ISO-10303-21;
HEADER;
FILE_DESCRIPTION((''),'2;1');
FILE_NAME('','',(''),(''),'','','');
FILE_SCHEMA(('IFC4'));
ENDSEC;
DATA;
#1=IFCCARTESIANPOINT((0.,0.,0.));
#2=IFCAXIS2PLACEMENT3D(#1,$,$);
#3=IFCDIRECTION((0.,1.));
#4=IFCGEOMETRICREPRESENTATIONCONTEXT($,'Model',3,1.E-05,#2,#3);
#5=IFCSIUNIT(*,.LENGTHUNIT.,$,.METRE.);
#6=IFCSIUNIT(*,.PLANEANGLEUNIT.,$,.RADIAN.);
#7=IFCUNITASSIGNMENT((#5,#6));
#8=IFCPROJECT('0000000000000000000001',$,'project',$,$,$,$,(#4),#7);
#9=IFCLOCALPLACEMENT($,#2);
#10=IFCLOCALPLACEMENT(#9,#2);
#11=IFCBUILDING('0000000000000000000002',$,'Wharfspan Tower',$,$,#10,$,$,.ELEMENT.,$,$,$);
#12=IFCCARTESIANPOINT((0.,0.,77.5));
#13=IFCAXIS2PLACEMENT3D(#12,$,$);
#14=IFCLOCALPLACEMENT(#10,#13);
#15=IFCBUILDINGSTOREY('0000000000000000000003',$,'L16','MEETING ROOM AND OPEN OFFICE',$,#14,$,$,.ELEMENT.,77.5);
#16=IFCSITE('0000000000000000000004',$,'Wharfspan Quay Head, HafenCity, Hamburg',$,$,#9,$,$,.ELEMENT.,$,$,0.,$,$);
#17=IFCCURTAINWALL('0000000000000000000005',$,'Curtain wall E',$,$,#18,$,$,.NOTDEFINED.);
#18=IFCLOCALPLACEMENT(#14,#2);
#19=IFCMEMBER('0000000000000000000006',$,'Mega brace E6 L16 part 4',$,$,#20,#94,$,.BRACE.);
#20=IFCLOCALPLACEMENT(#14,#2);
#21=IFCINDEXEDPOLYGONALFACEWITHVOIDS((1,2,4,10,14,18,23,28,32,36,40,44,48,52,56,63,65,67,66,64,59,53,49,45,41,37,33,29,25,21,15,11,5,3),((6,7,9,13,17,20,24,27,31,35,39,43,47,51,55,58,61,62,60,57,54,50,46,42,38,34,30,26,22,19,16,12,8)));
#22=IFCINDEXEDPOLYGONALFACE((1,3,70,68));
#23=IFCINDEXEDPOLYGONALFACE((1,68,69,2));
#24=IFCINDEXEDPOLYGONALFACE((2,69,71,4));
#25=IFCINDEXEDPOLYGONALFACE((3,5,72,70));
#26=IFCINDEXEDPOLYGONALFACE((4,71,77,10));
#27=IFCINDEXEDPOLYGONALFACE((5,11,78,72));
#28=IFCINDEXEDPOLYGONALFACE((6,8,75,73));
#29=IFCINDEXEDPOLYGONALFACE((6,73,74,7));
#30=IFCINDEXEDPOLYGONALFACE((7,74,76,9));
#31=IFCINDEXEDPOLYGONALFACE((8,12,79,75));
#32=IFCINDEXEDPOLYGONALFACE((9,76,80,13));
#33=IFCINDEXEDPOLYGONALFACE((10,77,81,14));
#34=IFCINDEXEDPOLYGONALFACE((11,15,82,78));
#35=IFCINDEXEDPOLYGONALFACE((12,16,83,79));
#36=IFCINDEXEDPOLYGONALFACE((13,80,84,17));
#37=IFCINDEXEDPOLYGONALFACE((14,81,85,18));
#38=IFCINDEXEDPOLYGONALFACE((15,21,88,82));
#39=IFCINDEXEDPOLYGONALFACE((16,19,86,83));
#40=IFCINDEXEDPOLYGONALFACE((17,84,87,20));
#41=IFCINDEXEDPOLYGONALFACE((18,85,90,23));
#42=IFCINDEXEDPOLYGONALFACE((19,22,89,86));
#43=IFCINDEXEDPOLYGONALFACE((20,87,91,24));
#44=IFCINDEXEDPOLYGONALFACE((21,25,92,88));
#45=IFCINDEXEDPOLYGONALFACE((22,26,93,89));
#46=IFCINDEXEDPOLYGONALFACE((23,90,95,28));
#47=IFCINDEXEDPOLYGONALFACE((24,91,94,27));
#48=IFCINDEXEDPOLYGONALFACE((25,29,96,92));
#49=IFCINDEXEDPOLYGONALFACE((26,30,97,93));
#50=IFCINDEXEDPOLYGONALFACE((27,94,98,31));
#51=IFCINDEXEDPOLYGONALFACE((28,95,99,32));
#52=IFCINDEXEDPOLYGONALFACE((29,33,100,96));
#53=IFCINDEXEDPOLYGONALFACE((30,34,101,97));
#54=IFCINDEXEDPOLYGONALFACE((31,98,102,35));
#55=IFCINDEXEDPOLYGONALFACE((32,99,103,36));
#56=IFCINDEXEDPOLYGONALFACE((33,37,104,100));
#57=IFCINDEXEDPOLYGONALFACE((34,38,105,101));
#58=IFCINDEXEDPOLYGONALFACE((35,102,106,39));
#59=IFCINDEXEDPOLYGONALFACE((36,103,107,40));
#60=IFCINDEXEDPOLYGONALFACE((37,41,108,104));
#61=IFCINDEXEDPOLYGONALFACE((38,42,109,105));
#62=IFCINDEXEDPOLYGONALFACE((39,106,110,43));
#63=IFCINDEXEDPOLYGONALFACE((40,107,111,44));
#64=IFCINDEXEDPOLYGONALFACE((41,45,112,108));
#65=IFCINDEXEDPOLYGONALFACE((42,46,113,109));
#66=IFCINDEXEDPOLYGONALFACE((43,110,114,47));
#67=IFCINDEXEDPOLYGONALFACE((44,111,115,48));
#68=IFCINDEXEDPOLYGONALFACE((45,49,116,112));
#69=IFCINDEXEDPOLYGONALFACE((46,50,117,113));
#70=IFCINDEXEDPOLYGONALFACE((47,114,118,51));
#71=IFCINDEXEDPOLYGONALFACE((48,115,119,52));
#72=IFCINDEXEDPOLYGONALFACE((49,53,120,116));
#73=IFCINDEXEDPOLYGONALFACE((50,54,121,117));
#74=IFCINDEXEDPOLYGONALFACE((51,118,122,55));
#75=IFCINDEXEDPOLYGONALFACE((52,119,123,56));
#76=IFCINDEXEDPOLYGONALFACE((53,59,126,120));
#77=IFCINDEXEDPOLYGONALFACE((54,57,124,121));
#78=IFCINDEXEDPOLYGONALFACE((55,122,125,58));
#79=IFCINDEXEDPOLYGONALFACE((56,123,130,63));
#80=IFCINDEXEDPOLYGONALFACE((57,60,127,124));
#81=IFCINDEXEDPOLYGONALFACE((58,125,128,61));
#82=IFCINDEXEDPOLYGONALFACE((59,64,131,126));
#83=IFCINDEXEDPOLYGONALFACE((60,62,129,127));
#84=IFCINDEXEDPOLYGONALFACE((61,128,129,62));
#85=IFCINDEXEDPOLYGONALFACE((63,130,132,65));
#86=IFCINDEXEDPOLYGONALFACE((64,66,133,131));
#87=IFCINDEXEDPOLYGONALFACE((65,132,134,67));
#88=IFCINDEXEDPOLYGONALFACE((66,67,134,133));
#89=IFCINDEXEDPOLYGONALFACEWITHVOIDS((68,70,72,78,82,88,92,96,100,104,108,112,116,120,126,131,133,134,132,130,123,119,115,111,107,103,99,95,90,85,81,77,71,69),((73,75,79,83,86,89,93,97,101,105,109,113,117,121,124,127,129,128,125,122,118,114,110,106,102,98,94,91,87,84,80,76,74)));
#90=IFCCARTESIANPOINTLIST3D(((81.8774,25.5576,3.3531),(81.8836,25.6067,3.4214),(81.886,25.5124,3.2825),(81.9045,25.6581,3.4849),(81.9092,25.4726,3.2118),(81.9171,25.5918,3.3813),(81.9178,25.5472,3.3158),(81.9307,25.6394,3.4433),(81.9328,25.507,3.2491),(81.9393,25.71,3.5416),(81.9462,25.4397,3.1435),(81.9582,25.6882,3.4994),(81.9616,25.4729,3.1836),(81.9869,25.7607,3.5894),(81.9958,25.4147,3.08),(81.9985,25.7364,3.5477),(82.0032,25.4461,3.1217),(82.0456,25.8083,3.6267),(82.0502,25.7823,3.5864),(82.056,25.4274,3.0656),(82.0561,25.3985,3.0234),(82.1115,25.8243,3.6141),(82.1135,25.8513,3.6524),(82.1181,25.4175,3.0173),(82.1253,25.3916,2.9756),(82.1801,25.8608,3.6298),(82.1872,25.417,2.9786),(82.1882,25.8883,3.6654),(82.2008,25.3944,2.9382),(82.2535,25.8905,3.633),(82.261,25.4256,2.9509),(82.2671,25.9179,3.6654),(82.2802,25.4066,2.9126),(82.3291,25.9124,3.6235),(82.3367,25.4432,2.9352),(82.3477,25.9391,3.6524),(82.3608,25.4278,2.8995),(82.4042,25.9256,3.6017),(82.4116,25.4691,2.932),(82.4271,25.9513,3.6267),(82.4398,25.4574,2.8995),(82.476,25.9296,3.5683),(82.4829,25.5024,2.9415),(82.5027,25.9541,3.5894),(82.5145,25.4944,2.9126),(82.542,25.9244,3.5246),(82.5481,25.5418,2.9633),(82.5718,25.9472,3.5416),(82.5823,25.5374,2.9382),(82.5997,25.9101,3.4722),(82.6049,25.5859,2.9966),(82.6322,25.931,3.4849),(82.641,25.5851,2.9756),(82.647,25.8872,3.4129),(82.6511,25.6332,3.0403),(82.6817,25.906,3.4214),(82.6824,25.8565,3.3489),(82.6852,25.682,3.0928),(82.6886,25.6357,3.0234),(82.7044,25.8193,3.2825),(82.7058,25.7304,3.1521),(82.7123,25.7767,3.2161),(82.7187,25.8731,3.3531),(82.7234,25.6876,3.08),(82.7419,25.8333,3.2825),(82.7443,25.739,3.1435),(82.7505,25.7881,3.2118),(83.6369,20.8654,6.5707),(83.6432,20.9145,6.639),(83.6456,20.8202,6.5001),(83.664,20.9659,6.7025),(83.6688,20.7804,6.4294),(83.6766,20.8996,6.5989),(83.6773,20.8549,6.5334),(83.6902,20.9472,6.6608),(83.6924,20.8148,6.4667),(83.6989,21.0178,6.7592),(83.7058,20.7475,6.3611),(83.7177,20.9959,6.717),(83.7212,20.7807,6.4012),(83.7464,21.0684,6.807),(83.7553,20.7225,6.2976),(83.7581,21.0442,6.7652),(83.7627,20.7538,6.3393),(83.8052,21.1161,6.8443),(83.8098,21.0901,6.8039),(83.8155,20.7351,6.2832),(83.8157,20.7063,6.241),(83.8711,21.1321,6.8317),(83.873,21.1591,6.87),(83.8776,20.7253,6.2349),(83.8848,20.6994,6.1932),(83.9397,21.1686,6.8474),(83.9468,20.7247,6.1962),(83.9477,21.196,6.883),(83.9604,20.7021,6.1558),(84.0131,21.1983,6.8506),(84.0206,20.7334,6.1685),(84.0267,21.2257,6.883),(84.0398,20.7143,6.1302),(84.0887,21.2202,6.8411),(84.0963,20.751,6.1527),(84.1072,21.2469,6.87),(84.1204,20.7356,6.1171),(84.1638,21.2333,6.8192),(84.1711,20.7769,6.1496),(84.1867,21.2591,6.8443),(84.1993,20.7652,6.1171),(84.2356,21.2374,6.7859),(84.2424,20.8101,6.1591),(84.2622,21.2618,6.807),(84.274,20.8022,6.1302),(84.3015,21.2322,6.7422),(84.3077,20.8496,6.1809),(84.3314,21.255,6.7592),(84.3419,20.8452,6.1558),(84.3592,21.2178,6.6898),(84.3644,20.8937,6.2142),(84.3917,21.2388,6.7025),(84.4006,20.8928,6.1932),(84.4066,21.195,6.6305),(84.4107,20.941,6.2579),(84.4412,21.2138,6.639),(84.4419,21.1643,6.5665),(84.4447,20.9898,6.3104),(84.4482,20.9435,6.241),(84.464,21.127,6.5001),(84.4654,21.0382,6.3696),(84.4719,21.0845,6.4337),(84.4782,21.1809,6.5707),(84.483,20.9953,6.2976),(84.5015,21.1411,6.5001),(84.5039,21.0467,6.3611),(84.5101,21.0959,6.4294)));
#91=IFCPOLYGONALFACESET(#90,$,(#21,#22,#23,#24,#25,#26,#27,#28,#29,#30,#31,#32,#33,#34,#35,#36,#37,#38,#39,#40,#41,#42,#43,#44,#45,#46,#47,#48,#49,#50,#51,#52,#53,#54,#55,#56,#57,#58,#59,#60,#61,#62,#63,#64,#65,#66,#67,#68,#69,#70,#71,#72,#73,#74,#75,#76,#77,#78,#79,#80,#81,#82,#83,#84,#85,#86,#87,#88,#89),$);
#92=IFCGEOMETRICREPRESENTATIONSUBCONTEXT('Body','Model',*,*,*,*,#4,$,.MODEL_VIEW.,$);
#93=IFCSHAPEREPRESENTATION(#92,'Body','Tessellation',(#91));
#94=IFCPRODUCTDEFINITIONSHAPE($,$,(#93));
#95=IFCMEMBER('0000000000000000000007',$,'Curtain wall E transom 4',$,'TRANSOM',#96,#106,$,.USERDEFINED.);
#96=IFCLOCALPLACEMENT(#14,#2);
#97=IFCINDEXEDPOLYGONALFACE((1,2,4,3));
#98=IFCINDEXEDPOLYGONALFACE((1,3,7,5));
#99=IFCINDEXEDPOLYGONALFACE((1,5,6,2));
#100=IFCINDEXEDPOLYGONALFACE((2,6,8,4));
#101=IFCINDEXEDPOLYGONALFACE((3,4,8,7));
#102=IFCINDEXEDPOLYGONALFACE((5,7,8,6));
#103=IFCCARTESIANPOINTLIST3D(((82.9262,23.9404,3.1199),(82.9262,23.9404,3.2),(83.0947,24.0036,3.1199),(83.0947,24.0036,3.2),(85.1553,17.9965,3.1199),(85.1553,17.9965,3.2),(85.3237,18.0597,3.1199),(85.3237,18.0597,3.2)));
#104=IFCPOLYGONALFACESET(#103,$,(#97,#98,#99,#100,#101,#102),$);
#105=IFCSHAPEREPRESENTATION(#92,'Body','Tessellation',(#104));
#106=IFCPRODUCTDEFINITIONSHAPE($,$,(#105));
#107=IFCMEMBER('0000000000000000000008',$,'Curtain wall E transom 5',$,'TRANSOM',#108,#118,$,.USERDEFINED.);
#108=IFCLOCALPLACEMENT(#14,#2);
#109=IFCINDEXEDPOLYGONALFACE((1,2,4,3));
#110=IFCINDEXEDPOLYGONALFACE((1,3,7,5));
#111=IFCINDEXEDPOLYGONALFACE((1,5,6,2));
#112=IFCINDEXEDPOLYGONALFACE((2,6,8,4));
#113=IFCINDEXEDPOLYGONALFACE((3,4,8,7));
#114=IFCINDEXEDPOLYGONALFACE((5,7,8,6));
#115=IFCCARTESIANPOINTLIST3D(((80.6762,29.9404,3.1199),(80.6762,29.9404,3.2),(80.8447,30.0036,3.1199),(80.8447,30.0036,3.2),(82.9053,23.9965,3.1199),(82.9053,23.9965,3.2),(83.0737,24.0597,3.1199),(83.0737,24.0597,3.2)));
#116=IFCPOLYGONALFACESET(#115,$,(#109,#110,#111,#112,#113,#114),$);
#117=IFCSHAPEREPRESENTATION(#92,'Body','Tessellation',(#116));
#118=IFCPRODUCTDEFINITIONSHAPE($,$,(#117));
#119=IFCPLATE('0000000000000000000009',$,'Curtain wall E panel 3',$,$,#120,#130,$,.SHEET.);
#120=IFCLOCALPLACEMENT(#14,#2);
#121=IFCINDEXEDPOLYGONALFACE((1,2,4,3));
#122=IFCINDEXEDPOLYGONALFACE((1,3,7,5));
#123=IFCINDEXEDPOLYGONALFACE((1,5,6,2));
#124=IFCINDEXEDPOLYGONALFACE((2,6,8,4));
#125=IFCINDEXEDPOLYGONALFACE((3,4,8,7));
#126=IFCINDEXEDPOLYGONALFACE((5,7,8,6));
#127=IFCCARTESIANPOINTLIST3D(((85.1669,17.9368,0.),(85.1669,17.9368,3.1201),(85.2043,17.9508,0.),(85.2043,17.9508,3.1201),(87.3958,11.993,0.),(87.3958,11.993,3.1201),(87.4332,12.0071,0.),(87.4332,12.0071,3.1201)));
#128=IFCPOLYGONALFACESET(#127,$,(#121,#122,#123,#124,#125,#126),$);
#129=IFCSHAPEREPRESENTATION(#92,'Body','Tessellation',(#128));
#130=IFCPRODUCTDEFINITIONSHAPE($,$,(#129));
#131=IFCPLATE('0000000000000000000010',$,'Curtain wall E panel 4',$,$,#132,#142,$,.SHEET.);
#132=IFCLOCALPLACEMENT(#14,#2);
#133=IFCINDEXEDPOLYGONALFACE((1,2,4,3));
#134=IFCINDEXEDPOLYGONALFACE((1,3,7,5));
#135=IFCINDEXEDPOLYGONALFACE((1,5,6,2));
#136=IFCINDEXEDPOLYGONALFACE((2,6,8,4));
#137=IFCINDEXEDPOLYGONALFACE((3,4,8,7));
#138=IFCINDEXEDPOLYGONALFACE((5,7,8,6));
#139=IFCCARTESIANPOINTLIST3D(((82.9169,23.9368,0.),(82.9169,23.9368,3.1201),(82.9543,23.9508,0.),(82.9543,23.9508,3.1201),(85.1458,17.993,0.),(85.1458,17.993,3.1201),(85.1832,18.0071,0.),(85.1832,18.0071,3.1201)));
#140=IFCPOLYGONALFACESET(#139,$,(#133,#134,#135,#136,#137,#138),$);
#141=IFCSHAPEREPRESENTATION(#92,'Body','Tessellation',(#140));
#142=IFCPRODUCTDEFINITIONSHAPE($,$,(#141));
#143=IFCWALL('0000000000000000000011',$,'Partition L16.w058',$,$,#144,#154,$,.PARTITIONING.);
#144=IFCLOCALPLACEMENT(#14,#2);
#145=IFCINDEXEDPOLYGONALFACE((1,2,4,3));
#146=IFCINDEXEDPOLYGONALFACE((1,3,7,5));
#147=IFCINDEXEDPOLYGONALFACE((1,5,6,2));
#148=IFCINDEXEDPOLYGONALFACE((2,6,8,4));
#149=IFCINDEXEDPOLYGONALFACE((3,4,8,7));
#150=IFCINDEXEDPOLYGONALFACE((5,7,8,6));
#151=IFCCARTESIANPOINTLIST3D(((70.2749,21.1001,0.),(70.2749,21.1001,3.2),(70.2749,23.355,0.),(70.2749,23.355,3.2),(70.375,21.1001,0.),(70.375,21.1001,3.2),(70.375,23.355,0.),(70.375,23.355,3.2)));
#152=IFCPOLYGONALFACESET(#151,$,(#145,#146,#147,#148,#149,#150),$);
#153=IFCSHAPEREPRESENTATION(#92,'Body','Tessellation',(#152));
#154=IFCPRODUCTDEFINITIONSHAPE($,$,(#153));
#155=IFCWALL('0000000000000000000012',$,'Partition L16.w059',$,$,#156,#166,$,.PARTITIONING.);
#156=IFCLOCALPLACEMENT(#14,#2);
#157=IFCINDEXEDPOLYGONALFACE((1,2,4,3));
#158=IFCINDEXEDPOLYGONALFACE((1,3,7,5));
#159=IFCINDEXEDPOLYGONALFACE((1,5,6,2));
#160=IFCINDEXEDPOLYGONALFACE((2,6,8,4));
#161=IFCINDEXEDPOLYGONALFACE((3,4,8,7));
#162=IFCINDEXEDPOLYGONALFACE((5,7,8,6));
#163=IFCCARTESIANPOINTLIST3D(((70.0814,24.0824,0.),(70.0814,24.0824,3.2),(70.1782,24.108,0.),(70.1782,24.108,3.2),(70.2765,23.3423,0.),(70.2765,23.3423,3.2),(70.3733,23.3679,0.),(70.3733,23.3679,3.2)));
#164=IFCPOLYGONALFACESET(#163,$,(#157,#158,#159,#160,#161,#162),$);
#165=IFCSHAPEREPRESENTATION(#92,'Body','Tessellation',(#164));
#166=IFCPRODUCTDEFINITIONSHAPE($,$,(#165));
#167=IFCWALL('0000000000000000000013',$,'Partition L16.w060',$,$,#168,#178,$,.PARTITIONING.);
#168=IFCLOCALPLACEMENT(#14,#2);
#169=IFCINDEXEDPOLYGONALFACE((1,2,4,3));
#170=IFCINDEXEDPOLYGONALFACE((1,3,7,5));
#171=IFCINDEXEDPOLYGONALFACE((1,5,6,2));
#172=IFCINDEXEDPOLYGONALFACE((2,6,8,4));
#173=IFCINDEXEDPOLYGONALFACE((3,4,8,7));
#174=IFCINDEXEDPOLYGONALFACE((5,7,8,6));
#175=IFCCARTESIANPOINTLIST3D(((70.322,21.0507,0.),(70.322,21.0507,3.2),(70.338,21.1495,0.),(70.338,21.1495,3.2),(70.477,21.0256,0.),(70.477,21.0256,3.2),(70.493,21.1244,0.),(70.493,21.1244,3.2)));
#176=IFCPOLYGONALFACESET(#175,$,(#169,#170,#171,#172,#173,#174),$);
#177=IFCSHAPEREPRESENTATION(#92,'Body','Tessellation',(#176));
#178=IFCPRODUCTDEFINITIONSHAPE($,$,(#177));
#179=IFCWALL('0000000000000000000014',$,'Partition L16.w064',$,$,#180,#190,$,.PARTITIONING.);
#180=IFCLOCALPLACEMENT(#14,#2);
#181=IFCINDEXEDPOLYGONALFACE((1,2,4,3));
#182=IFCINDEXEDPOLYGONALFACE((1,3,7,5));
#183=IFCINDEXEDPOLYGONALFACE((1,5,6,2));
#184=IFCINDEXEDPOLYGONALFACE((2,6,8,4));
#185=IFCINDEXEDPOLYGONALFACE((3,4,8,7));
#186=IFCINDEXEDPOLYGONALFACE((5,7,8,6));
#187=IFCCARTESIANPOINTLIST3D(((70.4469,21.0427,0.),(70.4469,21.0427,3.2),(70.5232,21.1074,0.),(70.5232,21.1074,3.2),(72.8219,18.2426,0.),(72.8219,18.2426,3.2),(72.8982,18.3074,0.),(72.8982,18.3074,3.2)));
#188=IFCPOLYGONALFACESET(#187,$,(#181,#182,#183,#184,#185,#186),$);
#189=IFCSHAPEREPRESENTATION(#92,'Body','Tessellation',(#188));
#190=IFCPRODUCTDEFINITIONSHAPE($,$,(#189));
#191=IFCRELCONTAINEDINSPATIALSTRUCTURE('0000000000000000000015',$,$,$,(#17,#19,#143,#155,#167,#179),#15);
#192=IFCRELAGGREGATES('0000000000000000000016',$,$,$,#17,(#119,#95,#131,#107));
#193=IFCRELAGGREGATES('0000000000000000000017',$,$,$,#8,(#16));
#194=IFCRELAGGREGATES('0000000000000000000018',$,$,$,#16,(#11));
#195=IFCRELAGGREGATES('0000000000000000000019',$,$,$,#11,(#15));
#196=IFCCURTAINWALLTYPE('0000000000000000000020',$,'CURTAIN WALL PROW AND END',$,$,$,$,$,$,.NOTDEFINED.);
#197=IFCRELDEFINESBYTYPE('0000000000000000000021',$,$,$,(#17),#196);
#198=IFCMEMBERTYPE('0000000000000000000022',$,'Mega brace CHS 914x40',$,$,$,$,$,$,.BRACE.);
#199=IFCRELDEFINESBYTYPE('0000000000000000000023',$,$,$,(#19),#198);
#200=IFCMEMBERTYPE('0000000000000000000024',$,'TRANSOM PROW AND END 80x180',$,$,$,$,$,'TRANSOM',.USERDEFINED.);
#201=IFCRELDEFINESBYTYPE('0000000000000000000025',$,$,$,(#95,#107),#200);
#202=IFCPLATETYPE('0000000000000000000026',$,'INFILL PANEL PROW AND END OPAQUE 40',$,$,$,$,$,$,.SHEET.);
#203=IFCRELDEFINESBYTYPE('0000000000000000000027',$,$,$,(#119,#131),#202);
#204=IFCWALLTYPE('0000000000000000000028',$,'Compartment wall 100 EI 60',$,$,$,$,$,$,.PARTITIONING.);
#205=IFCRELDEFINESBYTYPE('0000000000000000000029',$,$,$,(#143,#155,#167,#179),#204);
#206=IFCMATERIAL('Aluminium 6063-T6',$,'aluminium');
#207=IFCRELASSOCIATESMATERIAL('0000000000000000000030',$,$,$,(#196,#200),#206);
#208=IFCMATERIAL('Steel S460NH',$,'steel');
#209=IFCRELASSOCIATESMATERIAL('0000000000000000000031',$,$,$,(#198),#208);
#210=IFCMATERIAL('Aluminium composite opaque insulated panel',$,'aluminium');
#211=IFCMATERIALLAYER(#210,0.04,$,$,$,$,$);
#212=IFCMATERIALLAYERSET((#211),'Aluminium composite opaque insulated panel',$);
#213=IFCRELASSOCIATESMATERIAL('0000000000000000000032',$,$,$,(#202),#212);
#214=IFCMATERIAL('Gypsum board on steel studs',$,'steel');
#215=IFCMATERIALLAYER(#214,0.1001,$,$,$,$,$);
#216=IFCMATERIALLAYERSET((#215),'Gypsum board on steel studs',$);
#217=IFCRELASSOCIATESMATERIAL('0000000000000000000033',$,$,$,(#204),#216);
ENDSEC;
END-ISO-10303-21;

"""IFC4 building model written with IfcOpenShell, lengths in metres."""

from ifc_helpers import new_model, si_unit, direction, frame, frame_2d, origin, origin_2d, place, context, subcontext, project, spatial, rectangle, hollow_circle, extrude, material, layer, layer_set, material_profile, profile_set, type_object, element, aggregate, save


model = new_model("IFC4")

# Units and contexts
model_context = context("Model", 3, precision=1e-05, world=origin(), true_north=direction((0.0, 1.0)))
body_context = subcontext(model_context, "Body", "Model", "MODEL_VIEW")
ifc_project = project(units=[si_unit("LENGTHUNIT", "METRE"), si_unit("PLANEANGLEUNIT", "RADIAN")], contexts=[model_context])

# Site, building, storey
site_placement = place(None, origin())
site = spatial("IfcSite", under=ifc_project, at=site_placement, Name="Wharfspan Quay Head, HafenCity, Hamburg", CompositionType="ELEMENT", RefElevation=0.0)
building_placement = place(site_placement, origin())
building = spatial("IfcBuilding", under=site, at=building_placement, Name="Wharfspan Tower", CompositionType="ELEMENT")
storey_placement = place(building_placement, frame((0.0, 0.0, 77.5)))
storey = spatial("IfcBuildingStorey", under=building, at=storey_placement, Name="L16", Description="MEETING ROOM AND OPEN OFFICE", CompositionType="ELEMENT", Elevation=77.5)

# Curtain wall
ifc_material_1 = material(Name="Aluminium 6063-T6", Category="aluminium")
curtain_wall_type = type_object("IfcCurtainWallType", Name="CURTAIN WALL PROW AND END", PredefinedType="NOTDEFINED", material=ifc_material_1)
curtain_wall_placement = place(storey_placement, origin())
curtain_wall = element("IfcCurtainWall", 1, at=curtain_wall_placement, inside=storey, type_object=curtain_wall_type, Name="Curtain wall E", PredefinedType="NOTDEFINED")

# Member
ifc_material_2 = material(Name="Steel S460NH", Category="steel")
ifc_material_profile_1 = material_profile(ifc_material_2, hollow_circle(Radius=0.457, WallThickness=0.04, at=origin_2d()))
ifc_profile_set_1 = profile_set([ifc_material_profile_1], Name="Steel S460NH")
member_type_1 = type_object("IfcMemberType", Name="Mega brace CHS 914x40", PredefinedType="BRACE", material=ifc_profile_set_1)
for number, where, z_axis, x_axis, name in (
    (2, (82.314, 25.6729, 3.2825), (0.295459, -0.787904, 0.540288), (0.936328, 0.351115, -0.000003), "Mega brace E6 L16 part 4"),
):
    element("IfcMember", number, at=place(storey_placement, frame(where, z_axis=z_axis, x_axis=x_axis)), inside=storey, type_object=member_type_1, Name=name, PredefinedType="BRACE", context=body_context, shape_type="SweptSolid", body=[
        extrude(hollow_circle(Radius=0.457, WallThickness=0.04, at=origin_2d()), origin(), (0.0, 0.0, 1.0), 5.9553),
    ])

# Members
ifc_material_profile_2 = material_profile(ifc_material_1, rectangle(XDim=0.1799, YDim=0.0801, at=origin_2d()))
ifc_profile_set_2 = profile_set([ifc_material_profile_2], Name="Aluminium 6063-T6")
member_type_2 = type_object("IfcMemberType", Name="TRANSOM PROW AND END 80x180", ElementType="TRANSOM", PredefinedType="USERDEFINED", material=ifc_profile_set_2)
member_1_placement = place(storey_placement, frame((85.2395, 18.0281, 3.1599), z_axis=(-0.351132, 0.936326, 0.0), x_axis=(-0.936326, -0.351132, 0.0)))
member_1 = element("IfcMember", 3, at=member_1_placement, type_object=member_type_2, Name="Curtain wall E transom 4", ObjectType="TRANSOM", PredefinedType="USERDEFINED", context=body_context, shape_type="SweptSolid", body=[
    extrude(rectangle(XDim=0.1799, YDim=0.0801, at=origin_2d()), origin(), (0.0, 0.0, 1.0), 6.3481),
])
member_2_placement = place(storey_placement, frame((82.9895, 24.0281, 3.1599), z_axis=(-0.351132, 0.936326, 0.0), x_axis=(-0.936326, -0.351132, 0.0)))
member_2 = element("IfcMember", 4, at=member_2_placement, type_object=member_type_2, Name="Curtain wall E transom 5", ObjectType="TRANSOM", PredefinedType="USERDEFINED", context=body_context, shape_type="SweptSolid", body=[
    extrude(rectangle(XDim=0.1799, YDim=0.0801, at=origin_2d()), origin(), (0.0, 0.0, 1.0), 6.3481),
])

# Plates
ifc_material_3 = material(Name="Aluminium composite opaque insulated panel", Category="aluminium")
ifc_layer_1 = layer(ifc_material_3, 0.04)
ifc_layer_set_1 = layer_set([ifc_layer_1], Name="Aluminium composite opaque insulated panel")
plate_type = type_object("IfcPlateType", Name="INFILL PANEL PROW AND END OPAQUE 40", PredefinedType="SHEET", material=ifc_layer_set_1)
plate_1_placement = place(storey_placement, frame((86.3, 14.9719, 0.0), z_axis=(0.0, 0.0, 1.0), x_axis=(-0.351123, 0.936328, 0.0)))
plate_1 = element("IfcPlate", 5, at=plate_1_placement, type_object=plate_type, Name="Curtain wall E panel 3", PredefinedType="SHEET", context=body_context, shape_type="SweptSolid", body=[
    extrude(rectangle(XDim=6.3479, YDim=0.04, at=origin_2d()), origin(), (0.0, 0.0, 1.0), 3.1201),
])
plate_2_placement = place(storey_placement, frame((84.05, 20.9719, 0.0), z_axis=(0.0, 0.0, 1.0), x_axis=(-0.351123, 0.936328, 0.0)))
plate_2 = element("IfcPlate", 6, at=plate_2_placement, type_object=plate_type, Name="Curtain wall E panel 4", PredefinedType="SHEET", context=body_context, shape_type="SweptSolid", body=[
    extrude(rectangle(XDim=6.3479, YDim=0.04, at=origin_2d()), origin(), (0.0, 0.0, 1.0), 3.1201),
])
aggregate(curtain_wall, [plate_1, member_1, plate_2, member_2])

# Walls
ifc_material_4 = material(Name="Gypsum board on steel studs", Category="steel")
ifc_layer_2 = layer(ifc_material_4, 0.1001)
ifc_layer_set_2 = layer_set([ifc_layer_2], Name="Gypsum board on steel studs")
wall_type_1 = type_object("IfcWallType", Name="Compartment wall 100 EI 60", PredefinedType="PARTITIONING", material=ifc_layer_set_2)
wall_1_placement = place(storey_placement, frame((70.325, 21.1001, 0.0), z_axis=(0.0, 0.0, 1.0), x_axis=(0.0, 1.0, 0.0)))
element("IfcWall", 7, at=wall_1_placement, inside=storey, type_object=wall_type_1, Name="Partition L16.w058", PredefinedType="PARTITIONING", context=body_context, shape_type="SweptSolid", body=[
    extrude(rectangle(XDim=2.2549, YDim=0.1001, at=frame_2d((1.1274, 0.0))), origin(), (0.0, 0.0, 1.0), 3.2),
])
wall_2_placement = place(storey_placement, frame((70.325, 23.355, 0.0), z_axis=(0.0, 0.0, 1.0), x_axis=(-0.254901, 0.966965, 0.0)))
element("IfcWall", 8, at=wall_2_placement, inside=storey, type_object=wall_type_1, Name="Partition L16.w059", PredefinedType="PARTITIONING", context=body_context, shape_type="SweptSolid", body=[
    extrude(rectangle(XDim=0.7654, YDim=0.1001, at=frame_2d((0.3828, 0.0))), origin(), (0.0, 0.0, 1.0), 3.2),
])
wall_3_placement = place(storey_placement, frame((70.4851, 21.075, 0.0), z_axis=(0.0, 0.0, 1.0), x_axis=(-0.987098, 0.160112, 0.0)))
element("IfcWall", 9, at=wall_3_placement, inside=storey, type_object=wall_type_1, Name="Partition L16.w060", PredefinedType="PARTITIONING", context=body_context, shape_type="SweptSolid", body=[
    extrude(rectangle(XDim=0.157, YDim=0.1001, at=frame_2d((0.0786, 0.0))), origin(), (0.0, 0.0, 1.0), 3.2),
])
wall_4_placement = place(storey_placement, frame((72.8601, 18.2749, 0.0), z_axis=(0.0, 0.0, 1.0), x_axis=(-0.646848, 0.762613, 0.0)))
element("IfcWall", 10, at=wall_4_placement, inside=storey, type_object=wall_type_1, Name="Partition L16.w064", PredefinedType="PARTITIONING", context=body_context, shape_type="SweptSolid", body=[
    extrude(rectangle(XDim=3.6716, YDim=0.1001, at=frame_2d((1.8359, 0.0))), origin(), (0.0, 0.0, 1.0), 3.2),
])

save(model, "model.ifc")
